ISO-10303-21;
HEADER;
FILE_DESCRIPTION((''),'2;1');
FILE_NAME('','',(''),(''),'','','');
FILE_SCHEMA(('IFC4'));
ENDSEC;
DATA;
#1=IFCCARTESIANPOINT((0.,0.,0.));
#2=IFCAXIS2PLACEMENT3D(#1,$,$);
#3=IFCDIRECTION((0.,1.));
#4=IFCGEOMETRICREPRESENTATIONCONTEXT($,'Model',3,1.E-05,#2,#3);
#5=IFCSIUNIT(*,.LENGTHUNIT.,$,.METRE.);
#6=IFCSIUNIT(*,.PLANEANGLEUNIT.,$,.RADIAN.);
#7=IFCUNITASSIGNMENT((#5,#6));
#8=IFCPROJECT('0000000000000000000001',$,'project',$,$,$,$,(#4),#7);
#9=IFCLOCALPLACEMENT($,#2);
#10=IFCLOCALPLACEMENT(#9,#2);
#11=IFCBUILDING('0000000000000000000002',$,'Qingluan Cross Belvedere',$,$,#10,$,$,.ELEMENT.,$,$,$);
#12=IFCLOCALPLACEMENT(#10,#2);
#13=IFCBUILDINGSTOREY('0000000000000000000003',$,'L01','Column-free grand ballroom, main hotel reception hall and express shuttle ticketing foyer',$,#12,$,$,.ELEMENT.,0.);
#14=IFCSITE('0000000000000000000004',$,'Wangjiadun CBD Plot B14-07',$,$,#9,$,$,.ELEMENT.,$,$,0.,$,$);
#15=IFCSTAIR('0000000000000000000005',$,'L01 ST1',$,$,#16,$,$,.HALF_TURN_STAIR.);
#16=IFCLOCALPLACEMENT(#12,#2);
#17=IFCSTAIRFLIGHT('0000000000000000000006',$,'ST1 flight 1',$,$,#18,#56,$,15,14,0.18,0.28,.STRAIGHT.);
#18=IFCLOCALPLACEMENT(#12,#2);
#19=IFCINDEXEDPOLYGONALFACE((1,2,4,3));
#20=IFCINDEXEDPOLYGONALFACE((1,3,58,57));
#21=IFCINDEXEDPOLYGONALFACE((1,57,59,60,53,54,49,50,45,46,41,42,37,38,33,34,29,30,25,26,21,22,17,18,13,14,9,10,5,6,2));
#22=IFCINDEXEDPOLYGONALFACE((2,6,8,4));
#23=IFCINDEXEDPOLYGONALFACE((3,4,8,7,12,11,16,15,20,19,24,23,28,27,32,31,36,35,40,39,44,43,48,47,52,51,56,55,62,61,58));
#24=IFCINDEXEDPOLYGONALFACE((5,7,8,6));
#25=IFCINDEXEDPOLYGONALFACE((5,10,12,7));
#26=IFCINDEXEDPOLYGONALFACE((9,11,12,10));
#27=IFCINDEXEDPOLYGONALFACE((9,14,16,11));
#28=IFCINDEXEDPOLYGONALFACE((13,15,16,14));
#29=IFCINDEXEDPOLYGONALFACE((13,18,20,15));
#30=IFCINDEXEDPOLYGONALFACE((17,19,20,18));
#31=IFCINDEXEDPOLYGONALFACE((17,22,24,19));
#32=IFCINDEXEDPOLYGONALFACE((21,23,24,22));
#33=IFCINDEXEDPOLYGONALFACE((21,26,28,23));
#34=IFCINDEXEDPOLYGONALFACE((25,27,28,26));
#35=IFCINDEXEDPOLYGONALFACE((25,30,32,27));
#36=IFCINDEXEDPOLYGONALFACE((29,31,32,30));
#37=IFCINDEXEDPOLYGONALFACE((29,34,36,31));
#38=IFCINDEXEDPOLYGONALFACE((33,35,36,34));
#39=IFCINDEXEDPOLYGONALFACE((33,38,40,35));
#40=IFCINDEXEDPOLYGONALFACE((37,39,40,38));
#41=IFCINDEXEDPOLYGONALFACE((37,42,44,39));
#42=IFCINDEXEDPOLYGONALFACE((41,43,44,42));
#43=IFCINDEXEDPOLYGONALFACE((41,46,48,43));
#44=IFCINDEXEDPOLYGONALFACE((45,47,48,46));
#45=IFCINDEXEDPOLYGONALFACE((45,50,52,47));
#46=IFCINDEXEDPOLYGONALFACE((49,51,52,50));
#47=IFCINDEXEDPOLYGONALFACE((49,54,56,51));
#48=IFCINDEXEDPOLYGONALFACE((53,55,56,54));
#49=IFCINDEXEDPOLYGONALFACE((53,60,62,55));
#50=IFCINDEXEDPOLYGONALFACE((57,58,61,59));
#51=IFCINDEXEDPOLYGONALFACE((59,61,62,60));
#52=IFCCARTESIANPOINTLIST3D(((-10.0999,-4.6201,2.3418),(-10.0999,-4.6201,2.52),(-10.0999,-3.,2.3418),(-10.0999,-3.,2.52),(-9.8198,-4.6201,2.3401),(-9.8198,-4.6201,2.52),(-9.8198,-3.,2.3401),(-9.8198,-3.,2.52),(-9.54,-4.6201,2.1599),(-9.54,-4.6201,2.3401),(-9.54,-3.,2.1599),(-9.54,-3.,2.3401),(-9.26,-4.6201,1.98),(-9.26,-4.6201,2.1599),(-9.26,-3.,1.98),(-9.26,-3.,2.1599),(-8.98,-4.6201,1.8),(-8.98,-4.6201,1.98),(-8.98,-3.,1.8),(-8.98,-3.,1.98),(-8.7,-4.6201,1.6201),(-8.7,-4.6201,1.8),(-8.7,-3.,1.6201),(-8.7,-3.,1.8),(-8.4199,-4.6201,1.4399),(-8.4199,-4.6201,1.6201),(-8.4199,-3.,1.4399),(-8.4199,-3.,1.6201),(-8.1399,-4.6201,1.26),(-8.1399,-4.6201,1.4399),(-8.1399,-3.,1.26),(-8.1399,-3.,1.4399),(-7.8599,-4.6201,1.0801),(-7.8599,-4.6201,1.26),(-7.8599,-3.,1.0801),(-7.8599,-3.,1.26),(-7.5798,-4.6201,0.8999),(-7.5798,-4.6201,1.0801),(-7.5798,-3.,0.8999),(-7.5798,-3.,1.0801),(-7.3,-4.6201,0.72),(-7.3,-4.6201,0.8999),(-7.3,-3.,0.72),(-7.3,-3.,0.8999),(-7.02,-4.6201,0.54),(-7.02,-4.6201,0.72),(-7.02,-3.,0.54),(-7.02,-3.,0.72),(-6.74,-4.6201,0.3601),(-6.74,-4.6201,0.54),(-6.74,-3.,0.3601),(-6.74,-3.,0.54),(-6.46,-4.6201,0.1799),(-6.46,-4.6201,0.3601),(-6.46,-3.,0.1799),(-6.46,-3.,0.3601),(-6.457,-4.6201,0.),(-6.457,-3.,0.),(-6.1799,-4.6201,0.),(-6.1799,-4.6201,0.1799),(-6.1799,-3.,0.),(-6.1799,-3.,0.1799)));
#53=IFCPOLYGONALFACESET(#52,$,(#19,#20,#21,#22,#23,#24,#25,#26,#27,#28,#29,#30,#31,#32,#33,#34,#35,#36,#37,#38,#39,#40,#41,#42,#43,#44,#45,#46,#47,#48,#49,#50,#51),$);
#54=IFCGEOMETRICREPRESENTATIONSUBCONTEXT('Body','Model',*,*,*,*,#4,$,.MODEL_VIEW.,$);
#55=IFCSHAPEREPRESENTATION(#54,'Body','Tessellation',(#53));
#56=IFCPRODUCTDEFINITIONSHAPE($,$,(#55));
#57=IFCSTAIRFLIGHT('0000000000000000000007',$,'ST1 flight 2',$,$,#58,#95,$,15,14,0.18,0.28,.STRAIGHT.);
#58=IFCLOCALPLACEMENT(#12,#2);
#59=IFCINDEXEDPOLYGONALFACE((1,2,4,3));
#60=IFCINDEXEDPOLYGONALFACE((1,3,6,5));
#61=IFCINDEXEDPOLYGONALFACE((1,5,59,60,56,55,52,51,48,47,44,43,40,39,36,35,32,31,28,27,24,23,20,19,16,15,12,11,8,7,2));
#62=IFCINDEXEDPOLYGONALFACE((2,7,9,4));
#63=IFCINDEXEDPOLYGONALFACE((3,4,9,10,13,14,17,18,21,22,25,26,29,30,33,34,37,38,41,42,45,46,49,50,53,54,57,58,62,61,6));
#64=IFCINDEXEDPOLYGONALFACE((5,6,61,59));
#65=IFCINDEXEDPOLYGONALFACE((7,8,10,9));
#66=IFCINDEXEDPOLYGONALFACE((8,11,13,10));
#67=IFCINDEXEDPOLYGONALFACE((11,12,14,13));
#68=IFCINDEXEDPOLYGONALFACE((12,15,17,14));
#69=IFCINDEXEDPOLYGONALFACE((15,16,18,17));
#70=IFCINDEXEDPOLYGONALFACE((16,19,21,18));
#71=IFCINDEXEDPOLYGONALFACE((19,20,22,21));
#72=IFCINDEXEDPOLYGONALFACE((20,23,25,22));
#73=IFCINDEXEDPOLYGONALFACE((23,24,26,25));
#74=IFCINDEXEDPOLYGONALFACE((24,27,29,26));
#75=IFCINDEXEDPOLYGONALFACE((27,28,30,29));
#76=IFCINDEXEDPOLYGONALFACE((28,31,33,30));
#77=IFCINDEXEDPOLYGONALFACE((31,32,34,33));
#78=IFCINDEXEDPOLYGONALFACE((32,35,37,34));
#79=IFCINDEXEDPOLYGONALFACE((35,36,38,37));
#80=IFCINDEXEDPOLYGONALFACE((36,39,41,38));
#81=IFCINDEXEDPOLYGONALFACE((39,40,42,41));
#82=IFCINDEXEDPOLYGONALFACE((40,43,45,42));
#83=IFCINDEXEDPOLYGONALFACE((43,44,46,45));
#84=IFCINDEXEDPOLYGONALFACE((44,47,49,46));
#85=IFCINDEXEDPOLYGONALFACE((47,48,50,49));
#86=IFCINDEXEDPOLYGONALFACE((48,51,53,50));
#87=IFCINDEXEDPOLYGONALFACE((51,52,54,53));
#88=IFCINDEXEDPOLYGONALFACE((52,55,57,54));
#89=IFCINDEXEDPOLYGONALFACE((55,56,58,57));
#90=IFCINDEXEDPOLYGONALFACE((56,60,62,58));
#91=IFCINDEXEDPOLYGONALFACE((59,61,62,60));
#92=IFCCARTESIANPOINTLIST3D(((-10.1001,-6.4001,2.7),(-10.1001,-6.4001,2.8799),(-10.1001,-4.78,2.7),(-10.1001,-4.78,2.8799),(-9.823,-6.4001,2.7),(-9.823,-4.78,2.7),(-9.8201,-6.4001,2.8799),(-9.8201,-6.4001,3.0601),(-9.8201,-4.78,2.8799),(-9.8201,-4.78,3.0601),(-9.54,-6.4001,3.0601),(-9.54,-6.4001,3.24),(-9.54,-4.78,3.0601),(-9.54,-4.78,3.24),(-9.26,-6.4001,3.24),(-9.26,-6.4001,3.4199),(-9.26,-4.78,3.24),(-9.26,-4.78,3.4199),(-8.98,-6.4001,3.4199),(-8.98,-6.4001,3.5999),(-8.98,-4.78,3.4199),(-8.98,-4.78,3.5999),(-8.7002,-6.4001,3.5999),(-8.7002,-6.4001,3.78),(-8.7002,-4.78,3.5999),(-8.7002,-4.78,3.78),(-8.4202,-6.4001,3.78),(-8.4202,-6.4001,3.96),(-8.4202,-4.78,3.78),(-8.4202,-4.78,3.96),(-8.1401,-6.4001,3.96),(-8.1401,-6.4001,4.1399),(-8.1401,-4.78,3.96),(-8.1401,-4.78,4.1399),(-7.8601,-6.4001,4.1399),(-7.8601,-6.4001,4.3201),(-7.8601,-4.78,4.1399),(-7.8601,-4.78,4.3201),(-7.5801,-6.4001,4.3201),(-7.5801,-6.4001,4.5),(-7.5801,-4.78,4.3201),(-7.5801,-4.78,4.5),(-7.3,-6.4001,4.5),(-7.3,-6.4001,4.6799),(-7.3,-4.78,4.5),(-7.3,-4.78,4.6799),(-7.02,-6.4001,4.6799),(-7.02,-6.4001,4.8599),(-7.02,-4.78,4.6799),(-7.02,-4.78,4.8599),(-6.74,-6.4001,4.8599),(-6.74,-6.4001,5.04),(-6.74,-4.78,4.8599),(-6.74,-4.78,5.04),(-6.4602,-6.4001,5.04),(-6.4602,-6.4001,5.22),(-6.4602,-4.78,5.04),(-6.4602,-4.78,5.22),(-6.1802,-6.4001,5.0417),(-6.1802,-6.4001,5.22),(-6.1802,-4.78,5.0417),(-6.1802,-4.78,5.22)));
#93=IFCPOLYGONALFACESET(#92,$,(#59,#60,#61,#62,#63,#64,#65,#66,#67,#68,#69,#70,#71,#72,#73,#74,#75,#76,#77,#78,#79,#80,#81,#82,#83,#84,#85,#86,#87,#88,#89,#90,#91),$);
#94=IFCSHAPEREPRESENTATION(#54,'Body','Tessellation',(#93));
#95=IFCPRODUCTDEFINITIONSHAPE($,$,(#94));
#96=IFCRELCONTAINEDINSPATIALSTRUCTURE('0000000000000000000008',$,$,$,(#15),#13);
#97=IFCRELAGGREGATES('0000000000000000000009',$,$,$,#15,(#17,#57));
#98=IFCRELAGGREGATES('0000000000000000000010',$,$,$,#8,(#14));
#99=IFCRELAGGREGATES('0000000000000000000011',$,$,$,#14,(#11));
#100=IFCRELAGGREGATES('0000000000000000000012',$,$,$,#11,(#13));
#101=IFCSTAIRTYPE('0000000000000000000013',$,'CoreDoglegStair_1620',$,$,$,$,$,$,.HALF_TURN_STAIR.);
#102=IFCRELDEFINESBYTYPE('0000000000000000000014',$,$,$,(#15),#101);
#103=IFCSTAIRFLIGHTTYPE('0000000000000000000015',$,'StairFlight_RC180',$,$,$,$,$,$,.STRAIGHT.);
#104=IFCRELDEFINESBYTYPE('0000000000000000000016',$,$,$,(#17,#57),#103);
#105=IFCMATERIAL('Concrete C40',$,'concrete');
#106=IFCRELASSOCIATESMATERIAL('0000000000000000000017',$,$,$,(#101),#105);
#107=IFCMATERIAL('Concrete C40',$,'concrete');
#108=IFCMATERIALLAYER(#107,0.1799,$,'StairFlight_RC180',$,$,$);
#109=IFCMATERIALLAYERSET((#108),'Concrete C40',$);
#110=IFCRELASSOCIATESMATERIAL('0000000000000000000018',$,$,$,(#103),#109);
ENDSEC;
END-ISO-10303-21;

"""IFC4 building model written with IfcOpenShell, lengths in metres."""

from ifc_helpers import new_model, si_unit, direction, frame, origin, place, context, subcontext, project, spatial, polyline, outline, extrude, material, layer, layer_set, type_object, element, aggregate, save


model = new_model("IFC4")

# Units and contexts
model_context = context("Model", 3, precision=1e-05, world=origin(), true_north=direction((0.0, 1.0)))
body_context = subcontext(model_context, "Body", "Model", "MODEL_VIEW")
ifc_project = project(units=[si_unit("LENGTHUNIT", "METRE"), si_unit("PLANEANGLEUNIT", "RADIAN")], contexts=[model_context])

# Site, building, storey
site_placement = place(None, origin())
site = spatial("IfcSite", under=ifc_project, at=site_placement, Name="Wangjiadun CBD Plot B14-07", CompositionType="ELEMENT", RefElevation=0.0)
building_placement = place(site_placement, origin())
building = spatial("IfcBuilding", under=site, at=building_placement, Name="Qingluan Cross Belvedere", CompositionType="ELEMENT")
storey_placement = place(building_placement, origin())
storey = spatial("IfcBuildingStorey", under=building, at=storey_placement, Name="L01", Description="Column-free grand ballroom, main hotel reception hall and express shuttle ticketing foyer", CompositionType="ELEMENT", Elevation=0.0)

# Stair, stair flights
ifc_material_1 = material(Name="Concrete C40", Category="concrete")
stair_type = type_object("IfcStairType", Name="CoreDoglegStair_1620", PredefinedType="HALF_TURN_STAIR", material=ifc_material_1)
stair_placement = place(storey_placement, origin())
stair = element("IfcStair", 1, at=stair_placement, inside=storey, type_object=stair_type, Name="L01 ST1", PredefinedType="HALF_TURN_STAIR")
ifc_material_2 = material(Name="Concrete C40", Category="concrete")
ifc_layer_1 = layer(ifc_material_2, 0.1799, Name="StairFlight_RC180")
ifc_layer_set_1 = layer_set([ifc_layer_1], Name="Concrete C40")
stair_flight_type = type_object("IfcStairFlightType", Name="StairFlight_RC180", PredefinedType="STRAIGHT", material=ifc_layer_set_1)
stair_flight_1_placement = place(storey_placement, frame((-6.1799, -3.8101, 0.0), z_axis=(0.0, 0.0, 1.0), x_axis=(-1.0, 0.0, 0.0)))
stair_flight_1 = element("IfcStairFlight", 2, at=stair_flight_1_placement, type_object=stair_flight_type, Name="ST1 flight 1", NumberOfRisers=15, NumberOfTreads=14, PredefinedType="STRAIGHT", RiserHeight=0.18, TreadLength=0.28, context=body_context, shape_type="SweptSolid", body=[
    extrude(outline(polyline([(0.0, 0.0), (0.0, 0.1799), (0.28, 0.1799), (0.28, 0.3601), (0.5601, 0.3601), (0.5601, 0.54), (0.8401, 0.54), (0.8401, 0.72), (1.1201, 0.72), (1.1201, 0.8999), (1.3999, 0.8999), (1.3999, 1.0801), (1.6799, 1.0801), (1.6799, 1.26), (1.96, 1.26), (1.96, 1.4399), (2.24, 1.4399), (2.24, 1.6201), (2.52, 1.6201), (2.52, 1.8), (2.8, 1.8), (2.8, 1.98), (3.0801, 1.98), (3.0801, 2.1599), (3.3601, 2.1599), (3.3601, 2.3401), (3.6399, 2.3401), (3.6399, 2.52), (3.9199, 2.52), (3.9199, 2.7), (3.9199, 2.3418), (0.2771, 0.0), (0.0, 0.0)])), frame((0.0, 0.8101, 0.0), z_axis=(0.0, -1.0, 0.0), x_axis=(1.0, 0.0, 0.0)), (0.0, 0.0, 1.0), 1.6201),
])
stair_flight_2_placement = place(storey_placement, frame((-10.1001, -5.5901, 2.7), z_axis=(0.0, 0.0, 1.0), x_axis=(1.0, 0.0, 0.0)))
stair_flight_2 = element("IfcStairFlight", 3, at=stair_flight_2_placement, type_object=stair_flight_type, Name="ST1 flight 2", NumberOfRisers=15, NumberOfTreads=14, PredefinedType="STRAIGHT", RiserHeight=0.18, TreadLength=0.28, context=body_context, shape_type="SweptSolid", body=[
    extrude(outline(polyline([(0.0, 0.0), (0.0, 0.1799), (0.28, 0.1799), (0.28, 0.3601), (0.5601, 0.3601), (0.5601, 0.54), (0.8401, 0.54), (0.8401, 0.72), (1.1201, 0.72), (1.1201, 0.8999), (1.3999, 0.8999), (1.3999, 1.0801), (1.6799, 1.0801), (1.6799, 1.26), (1.96, 1.26), (1.96, 1.4399), (2.24, 1.4399), (2.24, 1.6201), (2.52, 1.6201), (2.52, 1.8), (2.8, 1.8), (2.8, 1.98), (3.0801, 1.98), (3.0801, 2.1599), (3.3601, 2.1599), (3.3601, 2.3401), (3.6399, 2.3401), (3.6399, 2.52), (3.9199, 2.52), (3.9199, 2.7), (3.9199, 2.3418), (0.2771, 0.0), (0.0, 0.0)])), frame((0.0, 0.8101, 0.0), z_axis=(0.0, -1.0, 0.0), x_axis=(1.0, 0.0, 0.0)), (0.0, 0.0, 1.0), 1.6201),
])
aggregate(stair, [stair_flight_1, stair_flight_2])

save(model, "model.ifc")
